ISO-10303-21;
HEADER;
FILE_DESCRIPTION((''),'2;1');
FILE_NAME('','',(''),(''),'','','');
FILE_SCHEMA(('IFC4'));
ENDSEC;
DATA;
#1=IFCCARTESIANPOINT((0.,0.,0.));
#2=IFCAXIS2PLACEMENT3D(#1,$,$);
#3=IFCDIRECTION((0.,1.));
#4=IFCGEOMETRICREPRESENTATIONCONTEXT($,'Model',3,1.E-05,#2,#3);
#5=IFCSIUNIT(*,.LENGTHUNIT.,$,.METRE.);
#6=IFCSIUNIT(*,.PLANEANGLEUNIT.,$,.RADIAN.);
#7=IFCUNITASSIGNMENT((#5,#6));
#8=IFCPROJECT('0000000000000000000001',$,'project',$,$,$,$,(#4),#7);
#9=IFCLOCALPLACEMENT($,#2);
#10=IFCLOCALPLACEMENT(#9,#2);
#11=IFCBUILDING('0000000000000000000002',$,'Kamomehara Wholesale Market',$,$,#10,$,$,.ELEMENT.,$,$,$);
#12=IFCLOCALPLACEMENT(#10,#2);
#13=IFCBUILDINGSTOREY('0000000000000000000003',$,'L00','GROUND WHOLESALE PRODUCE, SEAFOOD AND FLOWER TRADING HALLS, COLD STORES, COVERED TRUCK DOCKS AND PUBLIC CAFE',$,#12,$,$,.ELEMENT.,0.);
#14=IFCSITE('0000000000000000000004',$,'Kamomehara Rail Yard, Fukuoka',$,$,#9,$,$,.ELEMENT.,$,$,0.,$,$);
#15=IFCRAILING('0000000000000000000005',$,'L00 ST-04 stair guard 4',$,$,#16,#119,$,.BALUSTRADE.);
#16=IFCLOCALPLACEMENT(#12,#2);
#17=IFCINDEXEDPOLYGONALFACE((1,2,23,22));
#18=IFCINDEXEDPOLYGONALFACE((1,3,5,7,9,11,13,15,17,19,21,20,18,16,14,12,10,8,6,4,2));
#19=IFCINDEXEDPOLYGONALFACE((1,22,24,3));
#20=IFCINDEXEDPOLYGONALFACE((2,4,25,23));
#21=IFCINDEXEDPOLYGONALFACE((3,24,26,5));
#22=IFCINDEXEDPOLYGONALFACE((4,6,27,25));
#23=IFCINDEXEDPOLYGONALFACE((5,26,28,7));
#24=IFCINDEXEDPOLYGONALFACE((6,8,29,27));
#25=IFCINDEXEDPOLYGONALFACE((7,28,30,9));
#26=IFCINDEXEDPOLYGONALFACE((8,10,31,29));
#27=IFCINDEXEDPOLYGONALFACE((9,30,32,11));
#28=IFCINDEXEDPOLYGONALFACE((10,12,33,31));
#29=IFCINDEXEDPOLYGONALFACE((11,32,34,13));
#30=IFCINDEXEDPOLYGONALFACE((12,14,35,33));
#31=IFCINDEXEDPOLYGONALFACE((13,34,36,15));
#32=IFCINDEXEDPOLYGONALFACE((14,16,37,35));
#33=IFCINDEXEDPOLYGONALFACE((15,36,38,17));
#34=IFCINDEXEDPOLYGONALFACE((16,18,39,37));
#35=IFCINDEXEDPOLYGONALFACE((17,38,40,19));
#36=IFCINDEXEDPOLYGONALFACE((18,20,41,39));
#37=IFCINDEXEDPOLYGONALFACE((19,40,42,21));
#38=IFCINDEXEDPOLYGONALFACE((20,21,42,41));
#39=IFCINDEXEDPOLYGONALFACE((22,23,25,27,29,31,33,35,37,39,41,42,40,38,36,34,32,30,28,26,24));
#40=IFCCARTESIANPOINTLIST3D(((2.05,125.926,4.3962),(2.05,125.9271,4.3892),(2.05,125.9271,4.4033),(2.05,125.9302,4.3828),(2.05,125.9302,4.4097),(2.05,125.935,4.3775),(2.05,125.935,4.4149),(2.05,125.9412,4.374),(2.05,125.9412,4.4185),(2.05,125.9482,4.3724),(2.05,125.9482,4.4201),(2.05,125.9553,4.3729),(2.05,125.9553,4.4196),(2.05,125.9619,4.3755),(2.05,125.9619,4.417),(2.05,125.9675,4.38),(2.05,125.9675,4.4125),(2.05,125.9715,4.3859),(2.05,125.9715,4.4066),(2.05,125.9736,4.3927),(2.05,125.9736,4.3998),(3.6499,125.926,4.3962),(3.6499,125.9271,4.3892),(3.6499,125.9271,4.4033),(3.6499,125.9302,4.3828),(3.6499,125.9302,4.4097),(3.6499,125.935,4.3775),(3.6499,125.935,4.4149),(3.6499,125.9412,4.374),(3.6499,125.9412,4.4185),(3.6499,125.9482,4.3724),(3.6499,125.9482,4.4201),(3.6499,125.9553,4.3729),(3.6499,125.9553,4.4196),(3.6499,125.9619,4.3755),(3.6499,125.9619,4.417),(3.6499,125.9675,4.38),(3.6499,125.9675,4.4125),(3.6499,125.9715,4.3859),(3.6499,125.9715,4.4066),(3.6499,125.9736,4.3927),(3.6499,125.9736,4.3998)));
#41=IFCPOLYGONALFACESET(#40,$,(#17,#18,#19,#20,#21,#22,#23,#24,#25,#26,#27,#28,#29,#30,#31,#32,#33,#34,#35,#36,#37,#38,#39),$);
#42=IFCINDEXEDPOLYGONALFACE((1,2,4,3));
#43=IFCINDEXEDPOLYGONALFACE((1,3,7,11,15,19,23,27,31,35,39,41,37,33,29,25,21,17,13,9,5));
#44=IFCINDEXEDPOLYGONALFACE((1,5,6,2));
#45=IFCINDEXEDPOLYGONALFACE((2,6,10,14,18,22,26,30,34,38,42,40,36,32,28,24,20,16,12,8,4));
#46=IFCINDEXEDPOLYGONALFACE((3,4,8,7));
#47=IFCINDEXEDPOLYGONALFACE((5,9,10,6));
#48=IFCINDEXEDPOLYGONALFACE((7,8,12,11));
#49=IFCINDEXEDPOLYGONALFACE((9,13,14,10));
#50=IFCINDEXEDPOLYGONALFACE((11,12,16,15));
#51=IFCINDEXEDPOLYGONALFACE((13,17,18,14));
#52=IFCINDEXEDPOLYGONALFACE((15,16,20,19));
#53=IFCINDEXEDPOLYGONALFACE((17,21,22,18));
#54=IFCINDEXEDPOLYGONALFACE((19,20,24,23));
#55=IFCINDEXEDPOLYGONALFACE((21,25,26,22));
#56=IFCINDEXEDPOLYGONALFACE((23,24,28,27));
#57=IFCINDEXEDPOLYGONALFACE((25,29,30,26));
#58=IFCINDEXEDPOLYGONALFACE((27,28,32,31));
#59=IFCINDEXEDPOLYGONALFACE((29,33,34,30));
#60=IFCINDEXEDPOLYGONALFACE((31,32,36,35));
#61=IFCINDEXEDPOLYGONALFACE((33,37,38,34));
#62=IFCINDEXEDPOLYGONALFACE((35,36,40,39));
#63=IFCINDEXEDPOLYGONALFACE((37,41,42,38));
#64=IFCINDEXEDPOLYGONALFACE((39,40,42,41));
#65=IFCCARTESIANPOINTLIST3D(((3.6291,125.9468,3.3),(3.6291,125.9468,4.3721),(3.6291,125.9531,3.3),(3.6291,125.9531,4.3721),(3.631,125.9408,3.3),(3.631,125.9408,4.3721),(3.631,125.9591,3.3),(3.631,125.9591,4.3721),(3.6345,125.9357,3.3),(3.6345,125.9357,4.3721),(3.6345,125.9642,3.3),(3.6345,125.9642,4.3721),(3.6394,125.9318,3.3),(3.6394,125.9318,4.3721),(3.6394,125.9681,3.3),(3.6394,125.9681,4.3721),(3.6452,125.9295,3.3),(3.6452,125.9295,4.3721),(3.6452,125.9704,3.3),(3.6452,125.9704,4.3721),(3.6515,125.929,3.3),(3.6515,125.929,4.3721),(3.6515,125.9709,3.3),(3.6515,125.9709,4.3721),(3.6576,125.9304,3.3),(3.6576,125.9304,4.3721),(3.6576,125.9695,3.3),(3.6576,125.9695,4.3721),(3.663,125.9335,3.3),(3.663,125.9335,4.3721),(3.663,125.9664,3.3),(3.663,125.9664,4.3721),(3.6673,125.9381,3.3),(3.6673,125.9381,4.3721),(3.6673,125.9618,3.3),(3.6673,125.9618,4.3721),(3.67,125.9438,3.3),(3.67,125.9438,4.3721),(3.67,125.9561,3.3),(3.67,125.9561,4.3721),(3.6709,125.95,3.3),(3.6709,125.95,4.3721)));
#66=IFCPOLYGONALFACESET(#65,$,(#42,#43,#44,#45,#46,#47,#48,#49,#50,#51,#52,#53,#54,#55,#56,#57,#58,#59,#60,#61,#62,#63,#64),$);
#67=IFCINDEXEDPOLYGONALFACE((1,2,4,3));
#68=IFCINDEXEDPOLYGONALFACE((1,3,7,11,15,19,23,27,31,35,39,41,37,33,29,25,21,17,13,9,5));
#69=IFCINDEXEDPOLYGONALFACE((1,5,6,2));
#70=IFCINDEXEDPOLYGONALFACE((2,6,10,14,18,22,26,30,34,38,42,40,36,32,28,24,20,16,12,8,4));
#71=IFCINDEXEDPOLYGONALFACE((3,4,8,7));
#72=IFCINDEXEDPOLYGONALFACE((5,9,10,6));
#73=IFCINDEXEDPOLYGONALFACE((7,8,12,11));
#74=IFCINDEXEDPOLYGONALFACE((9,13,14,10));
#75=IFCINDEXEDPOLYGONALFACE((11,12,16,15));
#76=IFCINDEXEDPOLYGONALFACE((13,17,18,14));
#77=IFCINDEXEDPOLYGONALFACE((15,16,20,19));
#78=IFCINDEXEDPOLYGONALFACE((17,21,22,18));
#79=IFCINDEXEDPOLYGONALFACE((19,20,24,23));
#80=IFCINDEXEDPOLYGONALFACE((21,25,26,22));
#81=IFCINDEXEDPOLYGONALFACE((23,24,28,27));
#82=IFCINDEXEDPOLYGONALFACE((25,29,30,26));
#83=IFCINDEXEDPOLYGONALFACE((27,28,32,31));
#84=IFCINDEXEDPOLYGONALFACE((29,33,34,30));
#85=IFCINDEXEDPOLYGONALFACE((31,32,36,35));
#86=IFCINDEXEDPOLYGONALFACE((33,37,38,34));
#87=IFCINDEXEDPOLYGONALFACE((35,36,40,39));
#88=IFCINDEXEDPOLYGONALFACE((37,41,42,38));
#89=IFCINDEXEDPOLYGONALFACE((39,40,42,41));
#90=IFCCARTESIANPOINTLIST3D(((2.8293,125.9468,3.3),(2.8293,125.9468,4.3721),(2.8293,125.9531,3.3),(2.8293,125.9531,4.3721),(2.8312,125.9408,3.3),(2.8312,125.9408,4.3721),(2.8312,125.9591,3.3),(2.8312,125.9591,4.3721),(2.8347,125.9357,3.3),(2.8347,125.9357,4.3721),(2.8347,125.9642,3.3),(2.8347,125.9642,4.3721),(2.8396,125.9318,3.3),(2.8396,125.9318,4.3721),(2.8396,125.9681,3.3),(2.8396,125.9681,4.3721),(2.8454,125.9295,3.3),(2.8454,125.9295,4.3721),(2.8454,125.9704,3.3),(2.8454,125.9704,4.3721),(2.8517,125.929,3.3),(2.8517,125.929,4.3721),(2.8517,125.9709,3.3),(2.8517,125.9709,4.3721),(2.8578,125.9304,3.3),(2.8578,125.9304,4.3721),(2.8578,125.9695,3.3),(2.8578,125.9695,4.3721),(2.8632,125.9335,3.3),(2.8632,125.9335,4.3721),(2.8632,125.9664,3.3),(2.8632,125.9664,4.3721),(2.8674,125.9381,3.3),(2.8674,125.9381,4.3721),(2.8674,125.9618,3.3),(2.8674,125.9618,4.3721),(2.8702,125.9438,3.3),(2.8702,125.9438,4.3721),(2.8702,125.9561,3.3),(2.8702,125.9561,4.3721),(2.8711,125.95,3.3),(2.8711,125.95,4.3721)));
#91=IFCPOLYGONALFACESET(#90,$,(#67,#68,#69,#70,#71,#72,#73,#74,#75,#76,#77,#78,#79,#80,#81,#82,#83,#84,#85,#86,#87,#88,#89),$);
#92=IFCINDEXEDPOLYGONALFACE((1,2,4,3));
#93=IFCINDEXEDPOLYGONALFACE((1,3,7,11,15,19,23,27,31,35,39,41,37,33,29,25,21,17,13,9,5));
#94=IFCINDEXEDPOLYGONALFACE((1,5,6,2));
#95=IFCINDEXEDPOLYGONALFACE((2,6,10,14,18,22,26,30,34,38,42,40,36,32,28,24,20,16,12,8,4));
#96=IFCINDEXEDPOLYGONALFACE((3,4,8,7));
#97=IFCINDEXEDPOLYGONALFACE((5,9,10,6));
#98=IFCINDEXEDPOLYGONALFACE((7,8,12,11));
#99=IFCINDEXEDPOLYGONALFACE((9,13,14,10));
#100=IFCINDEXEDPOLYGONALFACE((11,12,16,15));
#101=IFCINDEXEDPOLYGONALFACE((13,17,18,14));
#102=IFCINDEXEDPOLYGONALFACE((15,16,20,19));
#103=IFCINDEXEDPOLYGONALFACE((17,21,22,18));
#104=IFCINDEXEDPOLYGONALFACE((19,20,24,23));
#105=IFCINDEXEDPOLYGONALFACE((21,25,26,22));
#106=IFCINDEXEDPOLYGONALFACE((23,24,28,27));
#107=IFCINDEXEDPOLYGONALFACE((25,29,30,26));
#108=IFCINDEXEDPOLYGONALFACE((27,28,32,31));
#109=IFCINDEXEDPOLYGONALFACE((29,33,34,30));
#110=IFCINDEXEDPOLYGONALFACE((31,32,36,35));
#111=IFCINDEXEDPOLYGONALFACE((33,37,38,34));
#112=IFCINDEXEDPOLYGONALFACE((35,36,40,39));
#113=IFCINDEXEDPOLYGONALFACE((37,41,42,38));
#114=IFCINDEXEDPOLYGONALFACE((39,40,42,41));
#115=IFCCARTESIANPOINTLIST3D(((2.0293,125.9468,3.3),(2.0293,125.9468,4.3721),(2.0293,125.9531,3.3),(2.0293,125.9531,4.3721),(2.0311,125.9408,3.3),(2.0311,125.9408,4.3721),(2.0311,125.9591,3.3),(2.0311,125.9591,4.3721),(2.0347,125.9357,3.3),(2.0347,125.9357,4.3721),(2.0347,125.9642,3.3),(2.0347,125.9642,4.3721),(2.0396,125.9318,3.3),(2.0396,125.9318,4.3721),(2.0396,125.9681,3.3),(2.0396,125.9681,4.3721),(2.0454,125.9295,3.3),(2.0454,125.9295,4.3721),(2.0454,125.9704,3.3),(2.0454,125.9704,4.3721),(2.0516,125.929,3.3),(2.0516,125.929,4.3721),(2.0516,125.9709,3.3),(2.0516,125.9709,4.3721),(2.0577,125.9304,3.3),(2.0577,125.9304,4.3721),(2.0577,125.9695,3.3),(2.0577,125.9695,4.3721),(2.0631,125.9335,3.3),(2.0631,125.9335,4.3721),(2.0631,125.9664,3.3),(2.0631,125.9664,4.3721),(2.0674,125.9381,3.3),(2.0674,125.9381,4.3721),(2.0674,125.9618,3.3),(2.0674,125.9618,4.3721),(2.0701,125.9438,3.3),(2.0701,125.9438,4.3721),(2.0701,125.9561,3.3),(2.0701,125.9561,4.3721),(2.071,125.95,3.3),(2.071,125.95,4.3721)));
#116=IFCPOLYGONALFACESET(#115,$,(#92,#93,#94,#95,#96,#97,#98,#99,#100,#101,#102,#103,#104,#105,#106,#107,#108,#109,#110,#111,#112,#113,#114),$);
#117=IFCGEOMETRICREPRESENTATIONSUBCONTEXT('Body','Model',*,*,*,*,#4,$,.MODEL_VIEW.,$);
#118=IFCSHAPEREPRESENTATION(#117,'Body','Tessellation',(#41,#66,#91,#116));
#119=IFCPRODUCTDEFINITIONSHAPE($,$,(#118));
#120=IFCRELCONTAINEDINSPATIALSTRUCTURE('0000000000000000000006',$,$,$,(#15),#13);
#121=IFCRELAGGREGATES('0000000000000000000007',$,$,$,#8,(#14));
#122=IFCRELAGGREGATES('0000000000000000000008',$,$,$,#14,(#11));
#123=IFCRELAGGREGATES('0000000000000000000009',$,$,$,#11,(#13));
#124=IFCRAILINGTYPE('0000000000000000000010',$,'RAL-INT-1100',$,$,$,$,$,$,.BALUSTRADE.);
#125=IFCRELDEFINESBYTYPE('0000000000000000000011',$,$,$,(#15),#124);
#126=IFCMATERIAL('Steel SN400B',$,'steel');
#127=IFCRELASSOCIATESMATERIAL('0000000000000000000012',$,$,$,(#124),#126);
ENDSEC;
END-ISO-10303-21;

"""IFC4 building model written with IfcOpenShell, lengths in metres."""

from ifc_helpers import new_model, si_unit, direction, frame, origin, origin_2d, place, context, subcontext, project, spatial, circle, extrude, material, type_object, element, save


model = new_model("IFC4")

# Units and contexts
model_context = context("Model", 3, precision=1e-05, world=origin(), true_north=direction((0.0, 1.0)))
body_context = subcontext(model_context, "Body", "Model", "MODEL_VIEW")
ifc_project = project(units=[si_unit("LENGTHUNIT", "METRE"), si_unit("PLANEANGLEUNIT", "RADIAN")], contexts=[model_context])

# Site, building, storey
site_placement = place(None, origin())
site = spatial("IfcSite", under=ifc_project, at=site_placement, Name="Kamomehara Rail Yard, Fukuoka", CompositionType="ELEMENT", RefElevation=0.0)
building_placement = place(site_placement, origin())
building = spatial("IfcBuilding", under=site, at=building_placement, Name="Kamomehara Wholesale Market", CompositionType="ELEMENT")
storey_placement = place(building_placement, origin())
storey = spatial("IfcBuildingStorey", under=building, at=storey_placement, Name="L00", Description="GROUND WHOLESALE PRODUCE, SEAFOOD AND FLOWER TRADING HALLS, COLD STORES, COVERED TRUCK DOCKS AND PUBLIC CAFE", CompositionType="ELEMENT", Elevation=0.0)

# Railing
ifc_material_1 = material(Name="Steel SN400B", Category="steel")
railing_type_1 = type_object("IfcRailingType", Name="RAL-INT-1100", PredefinedType="BALUSTRADE", material=ifc_material_1)
for number, where, name in (
    (1, (3.6499, 125.95, 3.3), "L00 ST-04 stair guard 4"),
):
    element("IfcRailing", number, at=place(storey_placement, frame(where)), inside=storey, type_object=railing_type_1, Name=name, PredefinedType="BALUSTRADE", context=body_context, shape_type="SweptSolid", body=[
        extrude(circle(Radius=0.0239, at=origin_2d()), frame((0.0, 0.0, 1.0962), z_axis=(-1.0, 0.0, 0.0), x_axis=(0.0, -1.0, 0.0)), (0.0, 0.0, 1.0), 1.5999),
        extrude(circle(Radius=0.021, at=origin_2d()), origin(), (0.0, 0.0, 1.0), 1.072),
        extrude(circle(Radius=0.021, at=origin_2d()), frame((-0.7998, 0.0, 0.0)), (0.0, 0.0, 1.0), 1.072),
        extrude(circle(Radius=0.021, at=origin_2d()), frame((-1.5999, 0.0, 0.0)), (0.0, 0.0, 1.0), 1.072),
    ])

save(model, "model.ifc")
